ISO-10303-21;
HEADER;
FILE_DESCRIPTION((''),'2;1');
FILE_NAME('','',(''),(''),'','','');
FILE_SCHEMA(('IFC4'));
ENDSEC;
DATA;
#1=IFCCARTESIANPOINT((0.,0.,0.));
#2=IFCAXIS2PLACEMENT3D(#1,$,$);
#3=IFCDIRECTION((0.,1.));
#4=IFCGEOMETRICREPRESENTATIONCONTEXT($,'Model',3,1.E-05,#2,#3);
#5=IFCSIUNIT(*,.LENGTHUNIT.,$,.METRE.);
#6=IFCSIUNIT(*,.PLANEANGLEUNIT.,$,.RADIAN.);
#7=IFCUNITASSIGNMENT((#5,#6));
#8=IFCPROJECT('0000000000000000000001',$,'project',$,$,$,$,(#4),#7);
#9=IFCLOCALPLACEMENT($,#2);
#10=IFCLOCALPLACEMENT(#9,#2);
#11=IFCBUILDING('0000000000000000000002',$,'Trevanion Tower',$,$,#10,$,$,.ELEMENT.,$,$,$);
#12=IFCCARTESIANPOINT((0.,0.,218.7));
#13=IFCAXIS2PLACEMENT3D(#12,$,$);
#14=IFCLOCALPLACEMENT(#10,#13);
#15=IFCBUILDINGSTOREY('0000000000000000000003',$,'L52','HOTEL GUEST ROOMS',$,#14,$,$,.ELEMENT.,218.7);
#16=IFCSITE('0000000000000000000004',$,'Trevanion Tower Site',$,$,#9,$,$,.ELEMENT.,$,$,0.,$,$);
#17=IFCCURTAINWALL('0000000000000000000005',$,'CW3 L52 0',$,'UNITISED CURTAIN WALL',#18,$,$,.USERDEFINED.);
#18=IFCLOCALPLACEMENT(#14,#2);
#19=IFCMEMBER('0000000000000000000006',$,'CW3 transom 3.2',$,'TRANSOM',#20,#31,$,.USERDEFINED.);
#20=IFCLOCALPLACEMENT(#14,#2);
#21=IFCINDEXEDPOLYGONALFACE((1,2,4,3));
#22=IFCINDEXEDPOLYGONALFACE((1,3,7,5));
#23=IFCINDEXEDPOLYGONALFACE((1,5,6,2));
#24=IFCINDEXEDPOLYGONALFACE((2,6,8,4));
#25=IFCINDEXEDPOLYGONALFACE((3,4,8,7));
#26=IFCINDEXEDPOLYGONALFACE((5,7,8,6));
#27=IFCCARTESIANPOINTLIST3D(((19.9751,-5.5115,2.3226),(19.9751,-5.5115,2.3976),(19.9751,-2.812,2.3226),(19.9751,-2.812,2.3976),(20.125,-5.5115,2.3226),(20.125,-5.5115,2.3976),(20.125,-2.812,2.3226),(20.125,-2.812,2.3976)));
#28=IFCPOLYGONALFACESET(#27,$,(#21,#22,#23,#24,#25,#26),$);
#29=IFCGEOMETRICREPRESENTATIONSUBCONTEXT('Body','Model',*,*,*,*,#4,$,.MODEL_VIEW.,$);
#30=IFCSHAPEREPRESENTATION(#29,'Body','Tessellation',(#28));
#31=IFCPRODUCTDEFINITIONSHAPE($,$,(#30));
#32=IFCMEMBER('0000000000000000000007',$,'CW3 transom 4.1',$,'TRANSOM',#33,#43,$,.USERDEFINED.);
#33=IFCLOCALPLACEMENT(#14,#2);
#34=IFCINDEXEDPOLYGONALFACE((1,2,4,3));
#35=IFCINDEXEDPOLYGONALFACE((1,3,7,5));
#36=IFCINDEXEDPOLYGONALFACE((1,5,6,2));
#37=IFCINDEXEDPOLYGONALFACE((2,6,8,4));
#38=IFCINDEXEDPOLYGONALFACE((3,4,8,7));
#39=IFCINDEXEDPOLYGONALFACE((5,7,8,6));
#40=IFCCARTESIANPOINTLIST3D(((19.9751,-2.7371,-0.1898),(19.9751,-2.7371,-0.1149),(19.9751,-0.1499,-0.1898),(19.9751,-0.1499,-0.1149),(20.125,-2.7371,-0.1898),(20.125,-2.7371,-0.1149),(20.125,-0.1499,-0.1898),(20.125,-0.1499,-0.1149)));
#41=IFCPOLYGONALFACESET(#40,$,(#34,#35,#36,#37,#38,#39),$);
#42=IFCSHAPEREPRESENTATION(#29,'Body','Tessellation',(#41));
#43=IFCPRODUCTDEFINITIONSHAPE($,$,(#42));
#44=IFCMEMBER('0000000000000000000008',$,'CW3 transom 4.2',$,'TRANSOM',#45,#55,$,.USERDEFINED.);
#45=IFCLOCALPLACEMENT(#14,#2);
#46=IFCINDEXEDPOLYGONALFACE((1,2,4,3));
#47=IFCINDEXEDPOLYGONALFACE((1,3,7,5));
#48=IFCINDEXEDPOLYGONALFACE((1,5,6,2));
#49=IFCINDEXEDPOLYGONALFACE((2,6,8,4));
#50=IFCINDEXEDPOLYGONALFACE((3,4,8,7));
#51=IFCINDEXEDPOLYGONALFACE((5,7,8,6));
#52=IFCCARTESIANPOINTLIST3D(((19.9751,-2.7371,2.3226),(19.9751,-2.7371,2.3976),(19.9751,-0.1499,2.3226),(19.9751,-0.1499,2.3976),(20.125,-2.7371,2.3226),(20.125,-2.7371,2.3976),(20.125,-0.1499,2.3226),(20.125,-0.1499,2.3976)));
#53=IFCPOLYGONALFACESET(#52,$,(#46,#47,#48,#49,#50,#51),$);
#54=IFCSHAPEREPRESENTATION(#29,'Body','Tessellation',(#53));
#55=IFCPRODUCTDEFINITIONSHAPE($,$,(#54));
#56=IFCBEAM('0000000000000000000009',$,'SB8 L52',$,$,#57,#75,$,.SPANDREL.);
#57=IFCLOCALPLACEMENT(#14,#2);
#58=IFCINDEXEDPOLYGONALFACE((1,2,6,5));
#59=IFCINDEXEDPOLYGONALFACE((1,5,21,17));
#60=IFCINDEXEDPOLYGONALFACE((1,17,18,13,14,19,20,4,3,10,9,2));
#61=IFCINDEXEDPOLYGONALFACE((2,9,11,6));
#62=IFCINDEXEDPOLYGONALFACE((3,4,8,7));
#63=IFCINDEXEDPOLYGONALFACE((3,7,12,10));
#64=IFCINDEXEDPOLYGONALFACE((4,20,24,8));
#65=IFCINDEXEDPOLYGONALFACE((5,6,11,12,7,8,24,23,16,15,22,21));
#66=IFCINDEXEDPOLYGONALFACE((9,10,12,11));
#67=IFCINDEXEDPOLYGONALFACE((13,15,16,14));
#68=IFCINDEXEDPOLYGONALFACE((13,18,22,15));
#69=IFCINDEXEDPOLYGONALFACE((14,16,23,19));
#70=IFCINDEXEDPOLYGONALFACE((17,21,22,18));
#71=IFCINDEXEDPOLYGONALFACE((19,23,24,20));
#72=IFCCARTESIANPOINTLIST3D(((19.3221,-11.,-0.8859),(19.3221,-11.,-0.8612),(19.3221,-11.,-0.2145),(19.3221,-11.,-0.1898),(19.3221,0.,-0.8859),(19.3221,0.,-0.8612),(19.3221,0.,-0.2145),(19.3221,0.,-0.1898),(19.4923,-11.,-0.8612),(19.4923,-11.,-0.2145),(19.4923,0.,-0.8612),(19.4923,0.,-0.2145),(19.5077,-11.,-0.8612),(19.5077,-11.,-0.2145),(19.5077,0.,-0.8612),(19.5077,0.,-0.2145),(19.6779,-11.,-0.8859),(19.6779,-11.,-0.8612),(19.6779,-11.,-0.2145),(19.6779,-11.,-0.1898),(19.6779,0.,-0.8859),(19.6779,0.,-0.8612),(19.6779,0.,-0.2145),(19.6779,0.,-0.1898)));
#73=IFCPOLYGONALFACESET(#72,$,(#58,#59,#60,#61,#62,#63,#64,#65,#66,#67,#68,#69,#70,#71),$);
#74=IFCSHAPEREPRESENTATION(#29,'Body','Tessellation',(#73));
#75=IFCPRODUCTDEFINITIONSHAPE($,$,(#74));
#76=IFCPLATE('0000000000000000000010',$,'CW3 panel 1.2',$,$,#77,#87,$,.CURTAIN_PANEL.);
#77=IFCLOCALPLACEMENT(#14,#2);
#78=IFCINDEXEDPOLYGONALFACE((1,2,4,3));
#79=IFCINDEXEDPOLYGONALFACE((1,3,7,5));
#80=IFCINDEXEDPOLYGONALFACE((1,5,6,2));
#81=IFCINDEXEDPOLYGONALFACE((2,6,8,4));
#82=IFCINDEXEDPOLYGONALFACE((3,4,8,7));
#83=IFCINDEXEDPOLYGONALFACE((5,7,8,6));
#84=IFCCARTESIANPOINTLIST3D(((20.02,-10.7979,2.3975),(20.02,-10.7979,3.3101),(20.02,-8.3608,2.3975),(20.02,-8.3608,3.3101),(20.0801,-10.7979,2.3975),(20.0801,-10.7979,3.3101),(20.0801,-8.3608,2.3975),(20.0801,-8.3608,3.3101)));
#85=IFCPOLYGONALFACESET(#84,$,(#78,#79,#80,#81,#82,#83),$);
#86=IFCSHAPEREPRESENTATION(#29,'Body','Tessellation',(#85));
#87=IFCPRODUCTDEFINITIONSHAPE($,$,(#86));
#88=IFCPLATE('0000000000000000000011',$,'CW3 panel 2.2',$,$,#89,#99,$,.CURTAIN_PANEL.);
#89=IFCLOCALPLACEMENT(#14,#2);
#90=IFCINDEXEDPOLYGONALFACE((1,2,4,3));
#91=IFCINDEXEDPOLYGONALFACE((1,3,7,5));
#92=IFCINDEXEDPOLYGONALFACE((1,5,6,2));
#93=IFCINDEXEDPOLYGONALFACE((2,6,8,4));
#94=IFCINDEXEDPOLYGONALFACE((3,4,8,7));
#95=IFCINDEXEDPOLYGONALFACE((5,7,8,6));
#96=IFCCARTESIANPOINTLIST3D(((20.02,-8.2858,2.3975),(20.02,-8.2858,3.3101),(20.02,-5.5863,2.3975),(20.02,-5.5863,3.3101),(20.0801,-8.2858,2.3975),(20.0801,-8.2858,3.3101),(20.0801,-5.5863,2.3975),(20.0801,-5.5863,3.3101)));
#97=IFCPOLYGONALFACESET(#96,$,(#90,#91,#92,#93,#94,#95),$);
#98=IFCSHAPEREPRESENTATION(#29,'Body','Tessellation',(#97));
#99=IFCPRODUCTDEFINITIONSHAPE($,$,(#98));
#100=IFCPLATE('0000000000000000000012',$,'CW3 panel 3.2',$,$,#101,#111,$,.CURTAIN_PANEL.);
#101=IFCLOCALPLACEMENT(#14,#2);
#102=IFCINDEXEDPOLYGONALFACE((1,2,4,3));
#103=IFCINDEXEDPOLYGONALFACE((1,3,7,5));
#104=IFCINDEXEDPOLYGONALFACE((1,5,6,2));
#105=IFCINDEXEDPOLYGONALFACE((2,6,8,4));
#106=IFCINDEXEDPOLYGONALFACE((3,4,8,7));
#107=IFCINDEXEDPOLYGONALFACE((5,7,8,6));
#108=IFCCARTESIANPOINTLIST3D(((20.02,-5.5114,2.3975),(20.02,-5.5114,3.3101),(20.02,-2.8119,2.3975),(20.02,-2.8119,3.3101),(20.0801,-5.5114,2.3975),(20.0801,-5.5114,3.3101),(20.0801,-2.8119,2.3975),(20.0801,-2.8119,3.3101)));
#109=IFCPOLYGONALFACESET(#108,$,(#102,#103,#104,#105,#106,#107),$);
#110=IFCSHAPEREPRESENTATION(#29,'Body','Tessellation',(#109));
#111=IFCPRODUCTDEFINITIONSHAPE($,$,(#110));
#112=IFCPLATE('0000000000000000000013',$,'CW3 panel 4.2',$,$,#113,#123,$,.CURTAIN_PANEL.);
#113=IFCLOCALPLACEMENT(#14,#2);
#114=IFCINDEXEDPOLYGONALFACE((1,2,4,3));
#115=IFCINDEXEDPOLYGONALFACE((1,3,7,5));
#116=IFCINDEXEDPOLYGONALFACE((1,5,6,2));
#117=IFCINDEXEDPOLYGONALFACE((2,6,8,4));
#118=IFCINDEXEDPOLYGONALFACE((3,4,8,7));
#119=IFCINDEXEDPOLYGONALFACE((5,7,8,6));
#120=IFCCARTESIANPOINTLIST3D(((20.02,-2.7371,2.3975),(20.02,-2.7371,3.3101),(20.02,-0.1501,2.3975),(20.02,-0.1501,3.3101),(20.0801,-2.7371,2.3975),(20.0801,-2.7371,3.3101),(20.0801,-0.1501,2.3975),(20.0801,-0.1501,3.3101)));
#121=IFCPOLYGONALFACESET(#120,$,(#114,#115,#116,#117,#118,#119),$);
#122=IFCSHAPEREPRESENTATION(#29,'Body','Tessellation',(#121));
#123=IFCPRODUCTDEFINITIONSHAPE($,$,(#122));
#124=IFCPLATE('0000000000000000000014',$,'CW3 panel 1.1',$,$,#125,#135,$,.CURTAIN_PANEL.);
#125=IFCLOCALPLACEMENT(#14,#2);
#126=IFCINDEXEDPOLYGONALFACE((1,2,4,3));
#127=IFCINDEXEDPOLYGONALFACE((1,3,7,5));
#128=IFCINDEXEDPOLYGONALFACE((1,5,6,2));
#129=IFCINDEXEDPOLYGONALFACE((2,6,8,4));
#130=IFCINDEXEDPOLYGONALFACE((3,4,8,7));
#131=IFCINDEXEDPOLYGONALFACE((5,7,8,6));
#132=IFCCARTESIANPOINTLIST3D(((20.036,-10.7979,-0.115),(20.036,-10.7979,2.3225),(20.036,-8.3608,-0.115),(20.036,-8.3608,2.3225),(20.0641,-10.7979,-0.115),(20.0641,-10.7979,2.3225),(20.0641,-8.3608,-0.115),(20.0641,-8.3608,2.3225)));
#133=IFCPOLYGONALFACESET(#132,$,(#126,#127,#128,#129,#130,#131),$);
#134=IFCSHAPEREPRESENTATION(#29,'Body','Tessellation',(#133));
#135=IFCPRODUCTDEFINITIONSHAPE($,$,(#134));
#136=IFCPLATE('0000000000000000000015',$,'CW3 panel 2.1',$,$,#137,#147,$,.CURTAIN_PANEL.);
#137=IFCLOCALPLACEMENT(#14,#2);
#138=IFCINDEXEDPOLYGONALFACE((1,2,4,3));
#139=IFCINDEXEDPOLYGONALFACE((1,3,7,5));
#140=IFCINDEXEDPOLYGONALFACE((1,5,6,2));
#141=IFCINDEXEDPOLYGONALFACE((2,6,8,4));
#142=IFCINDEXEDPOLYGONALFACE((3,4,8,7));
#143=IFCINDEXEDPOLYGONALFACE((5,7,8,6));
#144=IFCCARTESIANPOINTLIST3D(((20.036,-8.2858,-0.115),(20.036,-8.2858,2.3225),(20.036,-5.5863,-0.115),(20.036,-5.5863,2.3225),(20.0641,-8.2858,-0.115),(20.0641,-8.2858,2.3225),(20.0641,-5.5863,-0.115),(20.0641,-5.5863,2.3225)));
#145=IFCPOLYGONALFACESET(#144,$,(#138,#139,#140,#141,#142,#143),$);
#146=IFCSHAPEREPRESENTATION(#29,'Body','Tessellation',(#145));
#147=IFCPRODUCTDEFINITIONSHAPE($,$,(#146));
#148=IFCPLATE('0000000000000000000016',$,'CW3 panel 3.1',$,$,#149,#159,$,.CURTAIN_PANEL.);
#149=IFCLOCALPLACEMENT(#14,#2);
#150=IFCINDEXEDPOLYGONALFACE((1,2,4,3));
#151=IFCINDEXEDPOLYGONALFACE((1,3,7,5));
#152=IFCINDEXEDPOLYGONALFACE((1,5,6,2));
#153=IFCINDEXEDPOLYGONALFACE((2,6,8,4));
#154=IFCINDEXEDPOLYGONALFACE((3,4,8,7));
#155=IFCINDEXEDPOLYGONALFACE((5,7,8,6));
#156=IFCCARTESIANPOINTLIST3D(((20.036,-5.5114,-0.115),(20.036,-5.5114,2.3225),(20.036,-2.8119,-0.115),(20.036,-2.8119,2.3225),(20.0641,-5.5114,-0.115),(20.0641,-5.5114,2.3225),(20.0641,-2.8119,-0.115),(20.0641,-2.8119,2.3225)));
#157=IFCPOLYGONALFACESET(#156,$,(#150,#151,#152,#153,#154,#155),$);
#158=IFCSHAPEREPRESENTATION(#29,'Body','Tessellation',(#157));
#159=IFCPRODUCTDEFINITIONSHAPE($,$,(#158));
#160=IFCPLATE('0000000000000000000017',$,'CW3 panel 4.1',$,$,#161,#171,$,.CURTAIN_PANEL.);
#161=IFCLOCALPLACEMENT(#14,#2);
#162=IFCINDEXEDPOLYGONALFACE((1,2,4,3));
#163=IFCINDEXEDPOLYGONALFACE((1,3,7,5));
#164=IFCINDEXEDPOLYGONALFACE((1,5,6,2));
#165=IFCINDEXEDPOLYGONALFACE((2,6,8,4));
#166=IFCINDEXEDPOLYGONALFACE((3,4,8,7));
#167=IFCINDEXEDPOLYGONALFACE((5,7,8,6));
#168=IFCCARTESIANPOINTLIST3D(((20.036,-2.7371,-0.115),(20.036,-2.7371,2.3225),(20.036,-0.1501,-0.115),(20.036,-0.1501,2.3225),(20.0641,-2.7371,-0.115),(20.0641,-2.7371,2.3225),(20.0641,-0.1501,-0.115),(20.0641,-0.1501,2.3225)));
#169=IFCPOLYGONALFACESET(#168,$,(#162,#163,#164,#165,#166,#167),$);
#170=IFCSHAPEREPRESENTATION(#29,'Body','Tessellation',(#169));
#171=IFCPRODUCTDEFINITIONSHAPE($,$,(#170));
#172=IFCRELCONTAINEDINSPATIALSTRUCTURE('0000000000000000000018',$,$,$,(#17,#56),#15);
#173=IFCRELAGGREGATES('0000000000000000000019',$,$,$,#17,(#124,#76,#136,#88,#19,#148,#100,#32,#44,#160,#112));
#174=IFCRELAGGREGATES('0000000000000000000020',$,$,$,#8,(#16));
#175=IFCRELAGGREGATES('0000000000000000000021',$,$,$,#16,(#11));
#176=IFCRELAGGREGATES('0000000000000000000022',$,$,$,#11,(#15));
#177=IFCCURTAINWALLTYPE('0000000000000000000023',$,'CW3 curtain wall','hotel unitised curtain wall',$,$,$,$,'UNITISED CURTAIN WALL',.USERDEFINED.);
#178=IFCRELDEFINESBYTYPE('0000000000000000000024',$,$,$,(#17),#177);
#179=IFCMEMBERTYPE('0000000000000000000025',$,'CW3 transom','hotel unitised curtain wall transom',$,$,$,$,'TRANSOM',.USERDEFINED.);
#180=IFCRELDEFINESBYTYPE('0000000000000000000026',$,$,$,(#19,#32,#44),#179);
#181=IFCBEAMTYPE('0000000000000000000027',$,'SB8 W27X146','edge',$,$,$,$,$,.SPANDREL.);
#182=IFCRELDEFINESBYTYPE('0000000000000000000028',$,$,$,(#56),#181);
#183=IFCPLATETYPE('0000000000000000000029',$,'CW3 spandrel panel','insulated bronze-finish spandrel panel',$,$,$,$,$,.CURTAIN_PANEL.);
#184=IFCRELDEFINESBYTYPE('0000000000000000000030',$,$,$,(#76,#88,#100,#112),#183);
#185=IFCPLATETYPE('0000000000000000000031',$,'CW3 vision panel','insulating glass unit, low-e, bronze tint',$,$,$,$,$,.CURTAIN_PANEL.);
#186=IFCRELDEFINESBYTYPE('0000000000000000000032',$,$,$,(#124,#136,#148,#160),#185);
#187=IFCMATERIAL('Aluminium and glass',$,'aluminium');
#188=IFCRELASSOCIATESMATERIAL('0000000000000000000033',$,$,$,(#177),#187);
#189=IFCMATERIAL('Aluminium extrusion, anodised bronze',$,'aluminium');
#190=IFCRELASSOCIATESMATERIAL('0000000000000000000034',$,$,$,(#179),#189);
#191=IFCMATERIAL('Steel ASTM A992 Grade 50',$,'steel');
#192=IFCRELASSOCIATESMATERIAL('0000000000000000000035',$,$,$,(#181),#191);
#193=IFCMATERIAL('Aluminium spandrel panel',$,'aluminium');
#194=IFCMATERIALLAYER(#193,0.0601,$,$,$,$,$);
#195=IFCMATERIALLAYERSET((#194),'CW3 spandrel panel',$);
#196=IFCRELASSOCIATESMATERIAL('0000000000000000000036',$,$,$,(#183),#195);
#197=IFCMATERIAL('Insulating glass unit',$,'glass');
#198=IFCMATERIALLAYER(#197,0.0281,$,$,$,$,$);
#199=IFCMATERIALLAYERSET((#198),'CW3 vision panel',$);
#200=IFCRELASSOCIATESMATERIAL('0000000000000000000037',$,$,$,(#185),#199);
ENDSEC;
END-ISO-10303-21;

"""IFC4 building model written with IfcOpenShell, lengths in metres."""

from ifc_helpers import new_model, si_unit, direction, frame, origin, origin_2d, place, context, subcontext, project, spatial, rectangle, i_section, extrude, material, layer, layer_set, material_profile, profile_set, type_object, element, aggregate, save


model = new_model("IFC4")

# Units and contexts
model_context = context("Model", 3, precision=1e-05, world=origin(), true_north=direction((0.0, 1.0)))
body_context = subcontext(model_context, "Body", "Model", "MODEL_VIEW")
ifc_project = project(units=[si_unit("LENGTHUNIT", "METRE"), si_unit("PLANEANGLEUNIT", "RADIAN")], contexts=[model_context])

# Site, building, storey
site_placement = place(None, origin())
site = spatial("IfcSite", under=ifc_project, at=site_placement, Name="Trevanion Tower Site", CompositionType="ELEMENT", RefElevation=0.0)
building_placement = place(site_placement, origin())
building = spatial("IfcBuilding", under=site, at=building_placement, Name="Trevanion Tower", CompositionType="ELEMENT")
storey_placement = place(building_placement, frame((0.0, 0.0, 218.7)))
storey = spatial("IfcBuildingStorey", under=building, at=storey_placement, Name="L52", Description="HOTEL GUEST ROOMS", CompositionType="ELEMENT", Elevation=218.7)

# Curtain wall, members
ifc_material_1 = material(Name="Aluminium and glass", Category="aluminium")
curtain_wall_type = type_object("IfcCurtainWallType", Name="CW3 curtain wall", Description="hotel unitised curtain wall", ElementType="UNITISED CURTAIN WALL", PredefinedType="USERDEFINED", material=ifc_material_1)
curtain_wall_placement = place(storey_placement, origin())
curtain_wall = element("IfcCurtainWall", 1, at=curtain_wall_placement, inside=storey, type_object=curtain_wall_type, Name="CW3 L52 0", ObjectType="UNITISED CURTAIN WALL", PredefinedType="USERDEFINED")
ifc_material_2 = material(Name="Aluminium extrusion, anodised bronze", Category="aluminium")
ifc_material_profile_1 = material_profile(ifc_material_2, rectangle(XDim=0.1499, YDim=0.075, at=origin_2d()), Name="CW3 transom")
ifc_profile_set_1 = profile_set([ifc_material_profile_1], Name="Aluminium extrusion, anodised bronze")
member_type_1 = type_object("IfcMemberType", Name="CW3 transom", Description="hotel unitised curtain wall transom", ElementType="TRANSOM", PredefinedType="USERDEFINED", material=ifc_profile_set_1)
member_1_placement = place(storey_placement, frame((20.05, -5.5115, 2.3601), z_axis=(0.0, 1.0, 0.0), x_axis=(-1.0, 0.0, 0.0)))
member_1 = element("IfcMember", 2, at=member_1_placement, type_object=member_type_1, Name="CW3 transom 3.2", ObjectType="TRANSOM", PredefinedType="USERDEFINED", context=body_context, shape_type="SweptSolid", body=[
    extrude(rectangle(XDim=0.1499, YDim=0.075, at=origin_2d()), origin(), (0.0, 0.0, 1.0), 2.6995),
])
member_2_placement = place(storey_placement, frame((20.05, -2.7371, -0.1523), z_axis=(0.0, 1.0, 0.0), x_axis=(-1.0, 0.0, 0.0)))
member_2 = element("IfcMember", 3, at=member_2_placement, type_object=member_type_1, Name="CW3 transom 4.1", ObjectType="TRANSOM", PredefinedType="USERDEFINED", context=body_context, shape_type="SweptSolid", body=[
    extrude(rectangle(XDim=0.1499, YDim=0.075, at=origin_2d()), origin(), (0.0, 0.0, 1.0), 2.5872),
])
member_3_placement = place(storey_placement, frame((20.05, -2.7371, 2.3601), z_axis=(0.0, 1.0, 0.0), x_axis=(-1.0, 0.0, 0.0)))
member_3 = element("IfcMember", 4, at=member_3_placement, type_object=member_type_1, Name="CW3 transom 4.2", ObjectType="TRANSOM", PredefinedType="USERDEFINED", context=body_context, shape_type="SweptSolid", body=[
    extrude(rectangle(XDim=0.1499, YDim=0.075, at=origin_2d()), origin(), (0.0, 0.0, 1.0), 2.5872),
])

# Beam
ifc_material_3 = material(Name="Steel ASTM A992 Grade 50", Category="steel")
ifc_material_profile_2 = material_profile(ifc_material_3, i_section(OverallWidth=0.3557, OverallDepth=0.696, WebThickness=0.0154, FlangeThickness=0.0247, at=origin_2d()), Name="W27X146")
ifc_profile_set_2 = profile_set([ifc_material_profile_2], Name="Steel ASTM A992 Grade 50")
beam_type_1 = type_object("IfcBeamType", Name="SB8 W27X146", Description="edge", PredefinedType="SPANDREL", material=ifc_profile_set_2)
beam_placement = place(storey_placement, frame((19.5, -11.0, -0.5378), z_axis=(0.0, 1.0, 0.0), x_axis=(-1.0, 0.0, 0.0)))
element("IfcBeam", 5, at=beam_placement, inside=storey, type_object=beam_type_1, Name="SB8 L52", PredefinedType="SPANDREL", context=body_context, shape_type="SweptSolid", body=[
    extrude(i_section(OverallWidth=0.3557, OverallDepth=0.696, WebThickness=0.0154, FlangeThickness=0.0247, at=origin_2d()), origin(), (0.0, 0.0, 1.0), 11.0),
])

# Plates
ifc_material_4 = material(Name="Aluminium spandrel panel", Category="aluminium")
ifc_layer_1 = layer(ifc_material_4, 0.0601)
ifc_layer_set_1 = layer_set([ifc_layer_1], Name="CW3 spandrel panel")
plate_type_1 = type_object("IfcPlateType", Name="CW3 spandrel panel", Description="insulated bronze-finish spandrel panel", PredefinedType="CURTAIN_PANEL", material=ifc_layer_set_1)
plate_1_placement = place(storey_placement, frame((20.05, -9.5793, 2.3975), z_axis=(0.0, 0.0, 1.0), x_axis=(0.0, 1.0, 0.0)))
plate_1 = element("IfcPlate", 6, at=plate_1_placement, type_object=plate_type_1, Name="CW3 panel 1.2", PredefinedType="CURTAIN_PANEL", context=body_context, shape_type="SweptSolid", body=[
    extrude(rectangle(XDim=2.437, YDim=0.0601, at=origin_2d()), origin(), (0.0, 0.0, 1.0), 0.9126),
])
plate_2_placement = place(storey_placement, frame((20.05, -6.936, 2.3975), z_axis=(0.0, 0.0, 1.0), x_axis=(0.0, 1.0, 0.0)))
plate_2 = element("IfcPlate", 7, at=plate_2_placement, type_object=plate_type_1, Name="CW3 panel 2.2", PredefinedType="CURTAIN_PANEL", context=body_context, shape_type="SweptSolid", body=[
    extrude(rectangle(XDim=2.6995, YDim=0.0601, at=origin_2d()), origin(), (0.0, 0.0, 1.0), 0.9126),
])
plate_3_placement = place(storey_placement, frame((20.05, -4.1616, 2.3975), z_axis=(0.0, 0.0, 1.0), x_axis=(0.0, 1.0, 0.0)))
plate_3 = element("IfcPlate", 8, at=plate_3_placement, type_object=plate_type_1, Name="CW3 panel 3.2", PredefinedType="CURTAIN_PANEL", context=body_context, shape_type="SweptSolid", body=[
    extrude(rectangle(XDim=2.6995, YDim=0.0601, at=origin_2d()), origin(), (0.0, 0.0, 1.0), 0.9126),
])
plate_4_placement = place(storey_placement, frame((20.05, -1.4436, 2.3975), z_axis=(0.0, 0.0, 1.0), x_axis=(0.0, 1.0, 0.0)))
plate_4 = element("IfcPlate", 9, at=plate_4_placement, type_object=plate_type_1, Name="CW3 panel 4.2", PredefinedType="CURTAIN_PANEL", context=body_context, shape_type="SweptSolid", body=[
    extrude(rectangle(XDim=2.5869, YDim=0.0601, at=origin_2d()), origin(), (0.0, 0.0, 1.0), 0.9126),
])
ifc_material_5 = material(Name="Insulating glass unit", Category="glass")
ifc_layer_2 = layer(ifc_material_5, 0.0281)
ifc_layer_set_2 = layer_set([ifc_layer_2], Name="CW3 vision panel")
plate_type_2 = type_object("IfcPlateType", Name="CW3 vision panel", Description="insulating glass unit, low-e, bronze tint", PredefinedType="CURTAIN_PANEL", material=ifc_layer_set_2)
plate_5_placement = place(storey_placement, frame((20.05, -9.5793, -0.115), z_axis=(0.0, 0.0, 1.0), x_axis=(0.0, 1.0, 0.0)))
plate_5 = element("IfcPlate", 10, at=plate_5_placement, type_object=plate_type_2, Name="CW3 panel 1.1", PredefinedType="CURTAIN_PANEL", context=body_context, shape_type="SweptSolid", body=[
    extrude(rectangle(XDim=2.437, YDim=0.0281, at=origin_2d()), origin(), (0.0, 0.0, 1.0), 2.4375),
])
plate_6_placement = place(storey_placement, frame((20.05, -6.936, -0.115), z_axis=(0.0, 0.0, 1.0), x_axis=(0.0, 1.0, 0.0)))
plate_6 = element("IfcPlate", 11, at=plate_6_placement, type_object=plate_type_2, Name="CW3 panel 2.1", PredefinedType="CURTAIN_PANEL", context=body_context, shape_type="SweptSolid", body=[
    extrude(rectangle(XDim=2.6995, YDim=0.0281, at=origin_2d()), origin(), (0.0, 0.0, 1.0), 2.4375),
])
plate_7_placement = place(storey_placement, frame((20.05, -4.1616, -0.115), z_axis=(0.0, 0.0, 1.0), x_axis=(0.0, 1.0, 0.0)))
plate_7 = element("IfcPlate", 12, at=plate_7_placement, type_object=plate_type_2, Name="CW3 panel 3.1", PredefinedType="CURTAIN_PANEL", context=body_context, shape_type="SweptSolid", body=[
    extrude(rectangle(XDim=2.6995, YDim=0.0281, at=origin_2d()), origin(), (0.0, 0.0, 1.0), 2.4375),
])
plate_8_placement = place(storey_placement, frame((20.05, -1.4436, -0.115), z_axis=(0.0, 0.0, 1.0), x_axis=(0.0, 1.0, 0.0)))
plate_8 = element("IfcPlate", 13, at=plate_8_placement, type_object=plate_type_2, Name="CW3 panel 4.1", PredefinedType="CURTAIN_PANEL", context=body_context, shape_type="SweptSolid", body=[
    extrude(rectangle(XDim=2.5869, YDim=0.0281, at=origin_2d()), origin(), (0.0, 0.0, 1.0), 2.4375),
])
aggregate(curtain_wall, [plate_5, plate_1, plate_6, plate_2, member_1, plate_7, plate_3, member_2, member_3, plate_8, plate_4])

save(model, "model.ifc")
